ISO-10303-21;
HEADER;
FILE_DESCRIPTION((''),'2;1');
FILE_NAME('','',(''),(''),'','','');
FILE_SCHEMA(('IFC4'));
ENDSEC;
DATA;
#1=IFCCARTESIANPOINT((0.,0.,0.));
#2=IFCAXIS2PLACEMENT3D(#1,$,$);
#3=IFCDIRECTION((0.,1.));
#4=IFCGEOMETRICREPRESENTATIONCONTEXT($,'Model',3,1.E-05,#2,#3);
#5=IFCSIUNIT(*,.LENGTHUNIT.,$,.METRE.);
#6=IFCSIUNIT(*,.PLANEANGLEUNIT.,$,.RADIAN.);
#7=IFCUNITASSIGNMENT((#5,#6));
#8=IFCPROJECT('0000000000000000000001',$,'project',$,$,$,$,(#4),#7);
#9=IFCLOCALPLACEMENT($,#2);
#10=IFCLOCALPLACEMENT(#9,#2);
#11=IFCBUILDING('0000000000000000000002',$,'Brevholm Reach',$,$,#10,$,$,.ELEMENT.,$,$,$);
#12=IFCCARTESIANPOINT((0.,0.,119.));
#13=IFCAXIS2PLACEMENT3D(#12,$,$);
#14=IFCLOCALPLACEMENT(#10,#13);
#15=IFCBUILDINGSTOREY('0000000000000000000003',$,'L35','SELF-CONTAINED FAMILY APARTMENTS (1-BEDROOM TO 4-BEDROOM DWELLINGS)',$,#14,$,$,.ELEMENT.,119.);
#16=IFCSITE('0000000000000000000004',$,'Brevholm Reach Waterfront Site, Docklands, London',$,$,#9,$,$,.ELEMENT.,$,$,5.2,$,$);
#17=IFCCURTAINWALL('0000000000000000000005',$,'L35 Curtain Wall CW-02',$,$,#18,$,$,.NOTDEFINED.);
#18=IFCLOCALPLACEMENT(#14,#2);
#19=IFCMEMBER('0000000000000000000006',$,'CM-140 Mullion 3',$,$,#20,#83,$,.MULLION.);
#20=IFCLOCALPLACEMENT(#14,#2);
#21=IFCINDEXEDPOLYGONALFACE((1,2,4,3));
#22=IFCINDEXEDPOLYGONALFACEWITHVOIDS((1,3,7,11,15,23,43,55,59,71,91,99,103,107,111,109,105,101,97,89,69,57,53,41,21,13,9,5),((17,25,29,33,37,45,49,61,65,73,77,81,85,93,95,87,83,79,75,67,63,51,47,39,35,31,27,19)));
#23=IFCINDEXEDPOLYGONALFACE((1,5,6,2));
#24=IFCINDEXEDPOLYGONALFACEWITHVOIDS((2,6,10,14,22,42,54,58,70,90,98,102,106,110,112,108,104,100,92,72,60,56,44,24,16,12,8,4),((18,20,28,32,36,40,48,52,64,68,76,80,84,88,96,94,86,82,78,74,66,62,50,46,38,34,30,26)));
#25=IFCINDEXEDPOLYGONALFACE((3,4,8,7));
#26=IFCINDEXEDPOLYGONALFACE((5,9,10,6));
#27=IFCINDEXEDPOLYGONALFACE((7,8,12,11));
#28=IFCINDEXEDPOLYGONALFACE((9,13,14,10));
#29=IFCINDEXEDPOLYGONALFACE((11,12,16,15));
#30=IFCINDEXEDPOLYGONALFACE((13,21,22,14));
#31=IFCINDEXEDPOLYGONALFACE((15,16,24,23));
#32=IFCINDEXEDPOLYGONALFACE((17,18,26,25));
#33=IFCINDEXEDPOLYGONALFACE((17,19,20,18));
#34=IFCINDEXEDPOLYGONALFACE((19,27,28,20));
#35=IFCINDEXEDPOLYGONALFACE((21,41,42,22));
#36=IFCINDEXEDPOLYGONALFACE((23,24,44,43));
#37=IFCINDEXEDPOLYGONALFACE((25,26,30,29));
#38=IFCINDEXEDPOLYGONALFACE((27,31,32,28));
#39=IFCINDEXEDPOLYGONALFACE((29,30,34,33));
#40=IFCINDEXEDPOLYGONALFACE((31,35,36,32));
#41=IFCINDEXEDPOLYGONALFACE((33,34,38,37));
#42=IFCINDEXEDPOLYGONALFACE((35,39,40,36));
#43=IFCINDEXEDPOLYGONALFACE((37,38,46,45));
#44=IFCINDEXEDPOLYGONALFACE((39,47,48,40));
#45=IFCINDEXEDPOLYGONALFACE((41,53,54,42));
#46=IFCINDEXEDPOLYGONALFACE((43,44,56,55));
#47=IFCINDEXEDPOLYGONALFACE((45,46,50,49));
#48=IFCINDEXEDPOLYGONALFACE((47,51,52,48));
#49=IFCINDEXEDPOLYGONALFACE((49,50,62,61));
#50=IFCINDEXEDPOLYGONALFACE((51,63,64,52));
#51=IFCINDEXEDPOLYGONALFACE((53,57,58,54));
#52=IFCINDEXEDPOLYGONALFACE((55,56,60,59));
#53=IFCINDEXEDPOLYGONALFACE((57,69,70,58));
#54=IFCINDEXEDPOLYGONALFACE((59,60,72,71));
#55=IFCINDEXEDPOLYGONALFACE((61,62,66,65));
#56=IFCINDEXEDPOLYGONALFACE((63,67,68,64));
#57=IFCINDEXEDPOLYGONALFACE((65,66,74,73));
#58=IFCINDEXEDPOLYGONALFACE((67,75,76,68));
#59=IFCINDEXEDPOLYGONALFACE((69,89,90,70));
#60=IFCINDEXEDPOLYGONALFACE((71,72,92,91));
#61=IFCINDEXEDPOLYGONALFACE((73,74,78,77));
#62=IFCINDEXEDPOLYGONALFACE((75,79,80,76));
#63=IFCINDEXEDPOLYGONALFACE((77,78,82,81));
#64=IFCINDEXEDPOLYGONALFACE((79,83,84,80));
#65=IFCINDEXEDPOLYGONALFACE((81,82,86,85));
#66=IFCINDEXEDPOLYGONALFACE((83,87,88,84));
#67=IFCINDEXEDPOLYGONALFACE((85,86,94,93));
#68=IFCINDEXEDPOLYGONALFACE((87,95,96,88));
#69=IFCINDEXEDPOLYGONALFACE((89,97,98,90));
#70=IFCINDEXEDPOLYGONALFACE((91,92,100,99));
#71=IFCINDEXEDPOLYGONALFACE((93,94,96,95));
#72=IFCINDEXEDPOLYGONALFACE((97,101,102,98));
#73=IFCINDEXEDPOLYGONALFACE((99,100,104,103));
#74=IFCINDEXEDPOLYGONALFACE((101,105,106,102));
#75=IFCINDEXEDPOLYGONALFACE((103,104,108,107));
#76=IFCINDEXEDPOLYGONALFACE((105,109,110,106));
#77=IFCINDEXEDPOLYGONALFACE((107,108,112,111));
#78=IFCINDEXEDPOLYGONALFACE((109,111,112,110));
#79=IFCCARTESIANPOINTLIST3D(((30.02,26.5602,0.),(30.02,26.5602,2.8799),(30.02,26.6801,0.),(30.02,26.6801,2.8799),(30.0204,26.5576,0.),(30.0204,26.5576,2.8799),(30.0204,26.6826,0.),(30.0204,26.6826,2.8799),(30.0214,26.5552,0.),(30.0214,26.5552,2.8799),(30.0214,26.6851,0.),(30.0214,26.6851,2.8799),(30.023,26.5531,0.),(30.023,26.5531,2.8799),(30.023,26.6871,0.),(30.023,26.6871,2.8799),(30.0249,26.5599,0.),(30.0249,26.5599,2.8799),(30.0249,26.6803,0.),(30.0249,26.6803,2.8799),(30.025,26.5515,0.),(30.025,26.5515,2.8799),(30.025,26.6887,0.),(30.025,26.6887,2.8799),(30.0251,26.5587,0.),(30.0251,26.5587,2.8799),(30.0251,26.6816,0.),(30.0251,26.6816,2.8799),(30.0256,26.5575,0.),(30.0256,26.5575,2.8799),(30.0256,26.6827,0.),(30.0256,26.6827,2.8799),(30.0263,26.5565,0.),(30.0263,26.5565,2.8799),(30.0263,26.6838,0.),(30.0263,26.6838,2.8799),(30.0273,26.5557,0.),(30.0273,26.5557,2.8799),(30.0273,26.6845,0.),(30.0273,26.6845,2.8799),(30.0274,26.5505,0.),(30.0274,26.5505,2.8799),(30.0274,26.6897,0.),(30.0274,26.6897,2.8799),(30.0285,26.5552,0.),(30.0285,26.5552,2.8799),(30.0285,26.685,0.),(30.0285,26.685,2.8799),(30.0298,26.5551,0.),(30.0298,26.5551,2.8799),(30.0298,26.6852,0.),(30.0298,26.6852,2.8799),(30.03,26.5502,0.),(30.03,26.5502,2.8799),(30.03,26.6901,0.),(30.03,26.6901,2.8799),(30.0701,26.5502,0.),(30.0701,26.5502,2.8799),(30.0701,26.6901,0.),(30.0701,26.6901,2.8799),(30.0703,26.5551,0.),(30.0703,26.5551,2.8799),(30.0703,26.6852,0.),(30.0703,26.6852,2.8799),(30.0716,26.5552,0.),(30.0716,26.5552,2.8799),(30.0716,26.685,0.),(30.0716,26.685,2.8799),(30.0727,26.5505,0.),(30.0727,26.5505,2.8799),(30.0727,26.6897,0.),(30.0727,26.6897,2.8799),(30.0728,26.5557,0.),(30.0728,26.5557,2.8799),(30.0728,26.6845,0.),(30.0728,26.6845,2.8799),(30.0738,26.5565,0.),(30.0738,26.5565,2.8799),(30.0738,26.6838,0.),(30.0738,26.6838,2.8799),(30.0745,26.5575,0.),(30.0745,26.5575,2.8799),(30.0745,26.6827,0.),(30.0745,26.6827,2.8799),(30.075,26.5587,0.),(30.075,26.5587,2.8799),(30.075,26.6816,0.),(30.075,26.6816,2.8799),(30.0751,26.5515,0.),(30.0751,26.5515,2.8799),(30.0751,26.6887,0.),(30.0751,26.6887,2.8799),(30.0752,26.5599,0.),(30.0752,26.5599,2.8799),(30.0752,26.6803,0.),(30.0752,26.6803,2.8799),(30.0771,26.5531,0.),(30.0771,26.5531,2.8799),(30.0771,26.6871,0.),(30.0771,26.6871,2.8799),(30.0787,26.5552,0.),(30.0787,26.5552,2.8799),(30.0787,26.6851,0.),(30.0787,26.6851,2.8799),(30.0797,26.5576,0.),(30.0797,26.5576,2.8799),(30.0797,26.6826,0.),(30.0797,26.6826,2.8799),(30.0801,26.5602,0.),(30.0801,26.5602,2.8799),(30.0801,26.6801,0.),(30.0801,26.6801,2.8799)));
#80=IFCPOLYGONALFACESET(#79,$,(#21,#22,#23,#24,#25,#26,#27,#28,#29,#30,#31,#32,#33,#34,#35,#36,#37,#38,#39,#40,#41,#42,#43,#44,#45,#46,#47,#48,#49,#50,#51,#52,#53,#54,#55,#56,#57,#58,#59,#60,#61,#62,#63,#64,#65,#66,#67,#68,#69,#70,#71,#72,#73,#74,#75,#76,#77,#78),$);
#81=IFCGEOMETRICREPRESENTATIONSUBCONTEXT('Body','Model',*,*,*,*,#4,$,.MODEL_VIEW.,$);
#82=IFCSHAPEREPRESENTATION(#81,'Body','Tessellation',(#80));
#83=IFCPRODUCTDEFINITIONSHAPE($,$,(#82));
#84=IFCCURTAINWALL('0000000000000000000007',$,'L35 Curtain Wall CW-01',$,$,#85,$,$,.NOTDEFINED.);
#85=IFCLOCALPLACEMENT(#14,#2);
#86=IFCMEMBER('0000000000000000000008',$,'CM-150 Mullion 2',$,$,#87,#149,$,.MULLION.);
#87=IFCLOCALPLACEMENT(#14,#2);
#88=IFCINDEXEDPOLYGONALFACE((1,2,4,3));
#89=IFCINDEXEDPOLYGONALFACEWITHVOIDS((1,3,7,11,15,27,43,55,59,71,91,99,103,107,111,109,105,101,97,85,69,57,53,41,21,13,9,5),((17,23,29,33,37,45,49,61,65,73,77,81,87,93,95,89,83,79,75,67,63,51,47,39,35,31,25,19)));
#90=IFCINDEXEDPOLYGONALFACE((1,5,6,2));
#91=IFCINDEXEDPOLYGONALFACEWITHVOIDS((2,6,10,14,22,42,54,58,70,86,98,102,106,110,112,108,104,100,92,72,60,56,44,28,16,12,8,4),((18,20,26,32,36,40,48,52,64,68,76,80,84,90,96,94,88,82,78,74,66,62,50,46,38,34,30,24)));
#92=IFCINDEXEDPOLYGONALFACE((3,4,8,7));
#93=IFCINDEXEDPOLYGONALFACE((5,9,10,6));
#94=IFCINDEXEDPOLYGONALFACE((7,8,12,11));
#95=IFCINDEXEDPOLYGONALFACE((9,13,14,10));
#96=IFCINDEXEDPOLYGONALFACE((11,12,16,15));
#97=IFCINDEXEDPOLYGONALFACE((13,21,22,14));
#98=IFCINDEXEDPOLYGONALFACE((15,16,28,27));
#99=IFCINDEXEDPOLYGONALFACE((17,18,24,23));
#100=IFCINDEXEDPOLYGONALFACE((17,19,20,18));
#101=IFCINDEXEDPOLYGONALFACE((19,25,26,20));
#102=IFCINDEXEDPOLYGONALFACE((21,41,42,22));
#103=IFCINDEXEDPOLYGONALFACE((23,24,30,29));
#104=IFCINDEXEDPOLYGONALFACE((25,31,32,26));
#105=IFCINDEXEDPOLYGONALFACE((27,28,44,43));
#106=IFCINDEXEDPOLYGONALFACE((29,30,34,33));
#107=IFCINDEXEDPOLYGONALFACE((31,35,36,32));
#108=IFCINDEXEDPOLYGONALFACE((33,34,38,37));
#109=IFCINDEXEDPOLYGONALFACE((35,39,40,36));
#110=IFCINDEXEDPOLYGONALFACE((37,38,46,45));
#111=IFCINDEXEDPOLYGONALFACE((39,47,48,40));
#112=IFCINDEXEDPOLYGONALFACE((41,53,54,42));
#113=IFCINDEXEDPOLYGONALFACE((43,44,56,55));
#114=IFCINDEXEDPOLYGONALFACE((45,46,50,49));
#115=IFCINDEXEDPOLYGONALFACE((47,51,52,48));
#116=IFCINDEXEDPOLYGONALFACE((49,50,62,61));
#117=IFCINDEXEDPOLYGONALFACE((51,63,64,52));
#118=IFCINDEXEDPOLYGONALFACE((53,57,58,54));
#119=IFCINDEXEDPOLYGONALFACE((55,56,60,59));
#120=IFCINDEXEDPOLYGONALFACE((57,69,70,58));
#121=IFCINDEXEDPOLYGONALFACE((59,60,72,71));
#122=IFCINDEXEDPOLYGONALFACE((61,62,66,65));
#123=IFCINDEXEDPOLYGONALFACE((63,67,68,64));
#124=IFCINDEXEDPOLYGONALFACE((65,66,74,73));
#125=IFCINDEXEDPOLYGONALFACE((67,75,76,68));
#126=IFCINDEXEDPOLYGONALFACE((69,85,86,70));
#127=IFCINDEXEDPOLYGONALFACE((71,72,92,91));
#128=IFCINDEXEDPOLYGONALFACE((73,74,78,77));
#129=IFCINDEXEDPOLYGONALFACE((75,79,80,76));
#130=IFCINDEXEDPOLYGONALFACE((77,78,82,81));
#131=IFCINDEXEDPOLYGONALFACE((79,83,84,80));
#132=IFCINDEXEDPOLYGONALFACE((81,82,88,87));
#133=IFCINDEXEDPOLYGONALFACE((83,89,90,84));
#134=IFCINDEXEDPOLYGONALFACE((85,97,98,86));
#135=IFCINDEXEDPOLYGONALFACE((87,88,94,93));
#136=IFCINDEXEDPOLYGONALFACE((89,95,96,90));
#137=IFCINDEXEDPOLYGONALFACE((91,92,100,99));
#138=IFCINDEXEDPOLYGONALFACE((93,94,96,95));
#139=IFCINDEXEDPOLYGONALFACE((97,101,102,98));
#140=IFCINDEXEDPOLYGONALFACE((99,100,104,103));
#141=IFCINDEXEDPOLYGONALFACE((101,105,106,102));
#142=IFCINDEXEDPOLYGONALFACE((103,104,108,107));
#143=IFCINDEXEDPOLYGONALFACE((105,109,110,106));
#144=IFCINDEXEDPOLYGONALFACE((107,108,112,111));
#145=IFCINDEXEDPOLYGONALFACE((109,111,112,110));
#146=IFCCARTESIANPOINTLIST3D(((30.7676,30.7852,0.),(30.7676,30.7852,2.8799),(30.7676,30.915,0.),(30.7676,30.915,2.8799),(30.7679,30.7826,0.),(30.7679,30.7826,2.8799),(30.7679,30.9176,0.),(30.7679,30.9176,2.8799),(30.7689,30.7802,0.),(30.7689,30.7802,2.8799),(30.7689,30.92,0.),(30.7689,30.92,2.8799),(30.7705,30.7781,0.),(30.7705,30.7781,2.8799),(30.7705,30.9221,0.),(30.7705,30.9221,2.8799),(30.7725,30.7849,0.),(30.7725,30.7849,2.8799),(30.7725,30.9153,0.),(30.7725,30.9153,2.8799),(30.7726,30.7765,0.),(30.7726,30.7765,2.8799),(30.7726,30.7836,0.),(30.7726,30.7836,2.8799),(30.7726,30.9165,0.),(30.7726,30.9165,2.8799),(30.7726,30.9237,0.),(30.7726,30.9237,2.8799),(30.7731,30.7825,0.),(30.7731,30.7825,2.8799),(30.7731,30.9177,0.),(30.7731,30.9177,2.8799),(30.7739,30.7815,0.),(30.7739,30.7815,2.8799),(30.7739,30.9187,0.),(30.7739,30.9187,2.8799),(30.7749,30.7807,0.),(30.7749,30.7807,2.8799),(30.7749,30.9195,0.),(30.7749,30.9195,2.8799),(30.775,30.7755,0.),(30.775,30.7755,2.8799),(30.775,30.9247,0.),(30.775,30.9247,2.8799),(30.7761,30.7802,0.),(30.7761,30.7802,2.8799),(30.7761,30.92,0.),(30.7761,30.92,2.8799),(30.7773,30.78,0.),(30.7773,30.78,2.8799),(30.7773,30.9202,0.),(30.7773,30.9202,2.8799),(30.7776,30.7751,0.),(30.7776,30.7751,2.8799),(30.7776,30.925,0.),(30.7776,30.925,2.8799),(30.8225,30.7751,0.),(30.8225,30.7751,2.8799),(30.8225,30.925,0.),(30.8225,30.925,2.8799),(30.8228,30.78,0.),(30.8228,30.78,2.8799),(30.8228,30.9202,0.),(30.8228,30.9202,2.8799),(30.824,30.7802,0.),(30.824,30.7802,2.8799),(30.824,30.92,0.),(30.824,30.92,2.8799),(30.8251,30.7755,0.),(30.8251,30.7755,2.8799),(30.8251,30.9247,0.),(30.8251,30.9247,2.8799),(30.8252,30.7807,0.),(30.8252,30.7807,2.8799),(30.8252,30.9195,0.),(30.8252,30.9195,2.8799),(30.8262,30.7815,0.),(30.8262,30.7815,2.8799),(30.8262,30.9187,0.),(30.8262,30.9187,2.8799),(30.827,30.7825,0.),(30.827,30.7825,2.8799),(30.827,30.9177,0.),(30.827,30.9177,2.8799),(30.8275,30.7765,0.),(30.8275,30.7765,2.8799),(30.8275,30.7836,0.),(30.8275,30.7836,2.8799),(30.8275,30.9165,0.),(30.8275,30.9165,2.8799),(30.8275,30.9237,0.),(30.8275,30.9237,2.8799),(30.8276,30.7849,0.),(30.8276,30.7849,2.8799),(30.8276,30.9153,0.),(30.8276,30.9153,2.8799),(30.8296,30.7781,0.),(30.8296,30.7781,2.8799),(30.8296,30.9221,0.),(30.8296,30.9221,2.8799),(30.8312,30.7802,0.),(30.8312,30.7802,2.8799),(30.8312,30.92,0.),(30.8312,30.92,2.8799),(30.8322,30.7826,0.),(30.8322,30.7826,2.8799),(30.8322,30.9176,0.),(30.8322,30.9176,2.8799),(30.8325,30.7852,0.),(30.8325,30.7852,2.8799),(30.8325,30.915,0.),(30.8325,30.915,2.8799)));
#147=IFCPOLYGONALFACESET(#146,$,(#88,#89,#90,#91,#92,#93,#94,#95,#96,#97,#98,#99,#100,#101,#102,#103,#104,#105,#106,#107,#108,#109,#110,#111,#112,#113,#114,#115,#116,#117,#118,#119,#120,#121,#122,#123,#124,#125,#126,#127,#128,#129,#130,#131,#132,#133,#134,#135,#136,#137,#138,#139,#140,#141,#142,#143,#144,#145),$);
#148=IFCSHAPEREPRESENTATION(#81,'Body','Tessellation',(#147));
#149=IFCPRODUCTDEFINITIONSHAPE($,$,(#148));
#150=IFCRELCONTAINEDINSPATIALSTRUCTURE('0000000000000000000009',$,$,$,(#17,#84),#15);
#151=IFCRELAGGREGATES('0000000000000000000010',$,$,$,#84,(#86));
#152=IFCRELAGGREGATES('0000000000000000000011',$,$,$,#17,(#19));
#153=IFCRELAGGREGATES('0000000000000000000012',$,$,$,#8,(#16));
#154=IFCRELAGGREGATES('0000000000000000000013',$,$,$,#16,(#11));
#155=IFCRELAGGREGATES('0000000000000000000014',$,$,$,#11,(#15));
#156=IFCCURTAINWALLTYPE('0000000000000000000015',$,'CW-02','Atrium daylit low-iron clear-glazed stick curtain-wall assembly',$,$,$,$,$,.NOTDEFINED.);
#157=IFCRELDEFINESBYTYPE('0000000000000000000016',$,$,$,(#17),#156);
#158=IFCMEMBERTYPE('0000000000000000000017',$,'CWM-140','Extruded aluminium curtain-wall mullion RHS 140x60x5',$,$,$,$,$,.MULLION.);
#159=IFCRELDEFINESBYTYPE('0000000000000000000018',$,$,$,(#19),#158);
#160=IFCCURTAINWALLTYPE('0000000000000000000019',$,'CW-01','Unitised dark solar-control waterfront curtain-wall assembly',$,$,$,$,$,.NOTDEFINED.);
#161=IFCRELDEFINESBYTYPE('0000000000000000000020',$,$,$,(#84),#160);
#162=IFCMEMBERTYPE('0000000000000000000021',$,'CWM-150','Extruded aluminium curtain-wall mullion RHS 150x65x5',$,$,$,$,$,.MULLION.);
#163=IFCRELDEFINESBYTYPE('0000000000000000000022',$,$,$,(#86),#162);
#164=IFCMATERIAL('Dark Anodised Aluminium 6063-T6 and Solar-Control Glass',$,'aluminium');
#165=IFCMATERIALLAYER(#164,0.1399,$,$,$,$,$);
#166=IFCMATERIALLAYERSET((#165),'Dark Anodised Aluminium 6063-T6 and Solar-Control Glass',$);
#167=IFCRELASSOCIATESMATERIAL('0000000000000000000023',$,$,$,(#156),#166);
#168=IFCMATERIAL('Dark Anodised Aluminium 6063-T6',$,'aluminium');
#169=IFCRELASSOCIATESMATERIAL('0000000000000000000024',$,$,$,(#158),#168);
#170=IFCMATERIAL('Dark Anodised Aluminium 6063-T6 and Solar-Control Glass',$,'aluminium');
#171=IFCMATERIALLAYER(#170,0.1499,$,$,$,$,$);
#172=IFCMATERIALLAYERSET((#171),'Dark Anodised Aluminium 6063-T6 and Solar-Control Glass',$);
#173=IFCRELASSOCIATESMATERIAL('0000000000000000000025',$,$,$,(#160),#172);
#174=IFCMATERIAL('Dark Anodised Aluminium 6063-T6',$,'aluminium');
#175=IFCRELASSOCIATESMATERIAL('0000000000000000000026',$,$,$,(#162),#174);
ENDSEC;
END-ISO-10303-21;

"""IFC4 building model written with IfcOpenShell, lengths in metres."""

from ifc_helpers import new_model, si_unit, direction, frame, origin, origin_2d, place, context, subcontext, project, spatial, hollow_rectangle, extrude, material, layer, layer_set, material_profile, profile_set, type_object, element, aggregate, save


model = new_model("IFC4")

# Units and contexts
model_context = context("Model", 3, precision=1e-05, world=origin(), true_north=direction((0.0, 1.0)))
body_context = subcontext(model_context, "Body", "Model", "MODEL_VIEW")
ifc_project = project(units=[si_unit("LENGTHUNIT", "METRE"), si_unit("PLANEANGLEUNIT", "RADIAN")], contexts=[model_context])

# Site, building, storey
site_placement = place(None, origin())
site = spatial("IfcSite", under=ifc_project, at=site_placement, Name="Brevholm Reach Waterfront Site, Docklands, London", CompositionType="ELEMENT", RefElevation=5.2)
building_placement = place(site_placement, origin())
building = spatial("IfcBuilding", under=site, at=building_placement, Name="Brevholm Reach", CompositionType="ELEMENT")
storey_placement = place(building_placement, frame((0.0, 0.0, 119.0)))
storey = spatial("IfcBuildingStorey", under=building, at=storey_placement, Name="L35", Description="SELF-CONTAINED FAMILY APARTMENTS (1-BEDROOM TO 4-BEDROOM DWELLINGS)", CompositionType="ELEMENT", Elevation=119.0)

# Curtain walls, members
ifc_material_1 = material(Name="Dark Anodised Aluminium 6063-T6 and Solar-Control Glass", Category="aluminium")
ifc_layer_1 = layer(ifc_material_1, 0.1399)
ifc_layer_set_1 = layer_set([ifc_layer_1], Name="Dark Anodised Aluminium 6063-T6 and Solar-Control Glass")
curtain_wall_type_1 = type_object("IfcCurtainWallType", Name="CW-02", Description="Atrium daylit low-iron clear-glazed stick curtain-wall assembly", PredefinedType="NOTDEFINED", material=ifc_layer_set_1)
curtain_wall_1_placement = place(storey_placement, origin())
curtain_wall_1 = element("IfcCurtainWall", 1, at=curtain_wall_1_placement, inside=storey, type_object=curtain_wall_type_1, Name="L35 Curtain Wall CW-02", PredefinedType="NOTDEFINED")
ifc_material_2 = material(Name="Dark Anodised Aluminium 6063-T6", Category="aluminium")
ifc_material_profile_1 = material_profile(ifc_material_2, hollow_rectangle(XDim=0.0601, YDim=0.1399, WallThickness=0.0049, InnerFilletRadius=0.0049, OuterFilletRadius=0.01, at=origin_2d()), Name="RHS 140x60x5")
ifc_profile_set_1 = profile_set([ifc_material_profile_1], Name="Dark Anodised Aluminium 6063-T6")
member_type_1 = type_object("IfcMemberType", Name="CWM-140", Description="Extruded aluminium curtain-wall mullion RHS 140x60x5", PredefinedType="MULLION", material=ifc_profile_set_1)
member_1_placement = place(storey_placement, frame((30.05, 26.6201, 0.0), z_axis=(0.0, 0.0, 1.0), x_axis=(-1.0, 0.0, 0.0)))
member_1 = element("IfcMember", 2, at=member_1_placement, type_object=member_type_1, Name="CM-140 Mullion 3", PredefinedType="MULLION", context=body_context, shape_type="SweptSolid", body=[
    extrude(hollow_rectangle(XDim=0.0601, YDim=0.1399, WallThickness=0.0049, InnerFilletRadius=0.0049, OuterFilletRadius=0.01, at=origin_2d()), origin(), (0.0, 0.0, 1.0), 2.8799),
])
ifc_material_3 = material(Name="Dark Anodised Aluminium 6063-T6 and Solar-Control Glass", Category="aluminium")
ifc_layer_2 = layer(ifc_material_3, 0.1499)
ifc_layer_set_2 = layer_set([ifc_layer_2], Name="Dark Anodised Aluminium 6063-T6 and Solar-Control Glass")
curtain_wall_type_2 = type_object("IfcCurtainWallType", Name="CW-01", Description="Unitised dark solar-control waterfront curtain-wall assembly", PredefinedType="NOTDEFINED", material=ifc_layer_set_2)
curtain_wall_2_placement = place(storey_placement, origin())
curtain_wall_2 = element("IfcCurtainWall", 3, at=curtain_wall_2_placement, inside=storey, type_object=curtain_wall_type_2, Name="L35 Curtain Wall CW-01", PredefinedType="NOTDEFINED")
ifc_material_4 = material(Name="Dark Anodised Aluminium 6063-T6", Category="aluminium")
ifc_material_profile_2 = material_profile(ifc_material_4, hollow_rectangle(XDim=0.0649, YDim=0.1499, WallThickness=0.0049, InnerFilletRadius=0.0049, OuterFilletRadius=0.01, at=origin_2d()), Name="RHS 150x65x5")
ifc_profile_set_2 = profile_set([ifc_material_profile_2], Name="Dark Anodised Aluminium 6063-T6")
member_type_2 = type_object("IfcMemberType", Name="CWM-150", Description="Extruded aluminium curtain-wall mullion RHS 150x65x5", PredefinedType="MULLION", material=ifc_profile_set_2)
member_2_placement = place(storey_placement, frame((30.8, 30.8501, 0.0), z_axis=(0.0, 0.0, 1.0), x_axis=(1.0, 0.0, 0.0)))
member_2 = element("IfcMember", 4, at=member_2_placement, type_object=member_type_2, Name="CM-150 Mullion 2", PredefinedType="MULLION", context=body_context, shape_type="SweptSolid", body=[
    extrude(hollow_rectangle(XDim=0.0649, YDim=0.1499, WallThickness=0.0049, InnerFilletRadius=0.0049, OuterFilletRadius=0.01, at=origin_2d()), origin(), (0.0, 0.0, 1.0), 2.8799),
])

aggregate(curtain_wall_2, [member_2])
aggregate(curtain_wall_1, [member_1])

save(model, "model.ifc")
